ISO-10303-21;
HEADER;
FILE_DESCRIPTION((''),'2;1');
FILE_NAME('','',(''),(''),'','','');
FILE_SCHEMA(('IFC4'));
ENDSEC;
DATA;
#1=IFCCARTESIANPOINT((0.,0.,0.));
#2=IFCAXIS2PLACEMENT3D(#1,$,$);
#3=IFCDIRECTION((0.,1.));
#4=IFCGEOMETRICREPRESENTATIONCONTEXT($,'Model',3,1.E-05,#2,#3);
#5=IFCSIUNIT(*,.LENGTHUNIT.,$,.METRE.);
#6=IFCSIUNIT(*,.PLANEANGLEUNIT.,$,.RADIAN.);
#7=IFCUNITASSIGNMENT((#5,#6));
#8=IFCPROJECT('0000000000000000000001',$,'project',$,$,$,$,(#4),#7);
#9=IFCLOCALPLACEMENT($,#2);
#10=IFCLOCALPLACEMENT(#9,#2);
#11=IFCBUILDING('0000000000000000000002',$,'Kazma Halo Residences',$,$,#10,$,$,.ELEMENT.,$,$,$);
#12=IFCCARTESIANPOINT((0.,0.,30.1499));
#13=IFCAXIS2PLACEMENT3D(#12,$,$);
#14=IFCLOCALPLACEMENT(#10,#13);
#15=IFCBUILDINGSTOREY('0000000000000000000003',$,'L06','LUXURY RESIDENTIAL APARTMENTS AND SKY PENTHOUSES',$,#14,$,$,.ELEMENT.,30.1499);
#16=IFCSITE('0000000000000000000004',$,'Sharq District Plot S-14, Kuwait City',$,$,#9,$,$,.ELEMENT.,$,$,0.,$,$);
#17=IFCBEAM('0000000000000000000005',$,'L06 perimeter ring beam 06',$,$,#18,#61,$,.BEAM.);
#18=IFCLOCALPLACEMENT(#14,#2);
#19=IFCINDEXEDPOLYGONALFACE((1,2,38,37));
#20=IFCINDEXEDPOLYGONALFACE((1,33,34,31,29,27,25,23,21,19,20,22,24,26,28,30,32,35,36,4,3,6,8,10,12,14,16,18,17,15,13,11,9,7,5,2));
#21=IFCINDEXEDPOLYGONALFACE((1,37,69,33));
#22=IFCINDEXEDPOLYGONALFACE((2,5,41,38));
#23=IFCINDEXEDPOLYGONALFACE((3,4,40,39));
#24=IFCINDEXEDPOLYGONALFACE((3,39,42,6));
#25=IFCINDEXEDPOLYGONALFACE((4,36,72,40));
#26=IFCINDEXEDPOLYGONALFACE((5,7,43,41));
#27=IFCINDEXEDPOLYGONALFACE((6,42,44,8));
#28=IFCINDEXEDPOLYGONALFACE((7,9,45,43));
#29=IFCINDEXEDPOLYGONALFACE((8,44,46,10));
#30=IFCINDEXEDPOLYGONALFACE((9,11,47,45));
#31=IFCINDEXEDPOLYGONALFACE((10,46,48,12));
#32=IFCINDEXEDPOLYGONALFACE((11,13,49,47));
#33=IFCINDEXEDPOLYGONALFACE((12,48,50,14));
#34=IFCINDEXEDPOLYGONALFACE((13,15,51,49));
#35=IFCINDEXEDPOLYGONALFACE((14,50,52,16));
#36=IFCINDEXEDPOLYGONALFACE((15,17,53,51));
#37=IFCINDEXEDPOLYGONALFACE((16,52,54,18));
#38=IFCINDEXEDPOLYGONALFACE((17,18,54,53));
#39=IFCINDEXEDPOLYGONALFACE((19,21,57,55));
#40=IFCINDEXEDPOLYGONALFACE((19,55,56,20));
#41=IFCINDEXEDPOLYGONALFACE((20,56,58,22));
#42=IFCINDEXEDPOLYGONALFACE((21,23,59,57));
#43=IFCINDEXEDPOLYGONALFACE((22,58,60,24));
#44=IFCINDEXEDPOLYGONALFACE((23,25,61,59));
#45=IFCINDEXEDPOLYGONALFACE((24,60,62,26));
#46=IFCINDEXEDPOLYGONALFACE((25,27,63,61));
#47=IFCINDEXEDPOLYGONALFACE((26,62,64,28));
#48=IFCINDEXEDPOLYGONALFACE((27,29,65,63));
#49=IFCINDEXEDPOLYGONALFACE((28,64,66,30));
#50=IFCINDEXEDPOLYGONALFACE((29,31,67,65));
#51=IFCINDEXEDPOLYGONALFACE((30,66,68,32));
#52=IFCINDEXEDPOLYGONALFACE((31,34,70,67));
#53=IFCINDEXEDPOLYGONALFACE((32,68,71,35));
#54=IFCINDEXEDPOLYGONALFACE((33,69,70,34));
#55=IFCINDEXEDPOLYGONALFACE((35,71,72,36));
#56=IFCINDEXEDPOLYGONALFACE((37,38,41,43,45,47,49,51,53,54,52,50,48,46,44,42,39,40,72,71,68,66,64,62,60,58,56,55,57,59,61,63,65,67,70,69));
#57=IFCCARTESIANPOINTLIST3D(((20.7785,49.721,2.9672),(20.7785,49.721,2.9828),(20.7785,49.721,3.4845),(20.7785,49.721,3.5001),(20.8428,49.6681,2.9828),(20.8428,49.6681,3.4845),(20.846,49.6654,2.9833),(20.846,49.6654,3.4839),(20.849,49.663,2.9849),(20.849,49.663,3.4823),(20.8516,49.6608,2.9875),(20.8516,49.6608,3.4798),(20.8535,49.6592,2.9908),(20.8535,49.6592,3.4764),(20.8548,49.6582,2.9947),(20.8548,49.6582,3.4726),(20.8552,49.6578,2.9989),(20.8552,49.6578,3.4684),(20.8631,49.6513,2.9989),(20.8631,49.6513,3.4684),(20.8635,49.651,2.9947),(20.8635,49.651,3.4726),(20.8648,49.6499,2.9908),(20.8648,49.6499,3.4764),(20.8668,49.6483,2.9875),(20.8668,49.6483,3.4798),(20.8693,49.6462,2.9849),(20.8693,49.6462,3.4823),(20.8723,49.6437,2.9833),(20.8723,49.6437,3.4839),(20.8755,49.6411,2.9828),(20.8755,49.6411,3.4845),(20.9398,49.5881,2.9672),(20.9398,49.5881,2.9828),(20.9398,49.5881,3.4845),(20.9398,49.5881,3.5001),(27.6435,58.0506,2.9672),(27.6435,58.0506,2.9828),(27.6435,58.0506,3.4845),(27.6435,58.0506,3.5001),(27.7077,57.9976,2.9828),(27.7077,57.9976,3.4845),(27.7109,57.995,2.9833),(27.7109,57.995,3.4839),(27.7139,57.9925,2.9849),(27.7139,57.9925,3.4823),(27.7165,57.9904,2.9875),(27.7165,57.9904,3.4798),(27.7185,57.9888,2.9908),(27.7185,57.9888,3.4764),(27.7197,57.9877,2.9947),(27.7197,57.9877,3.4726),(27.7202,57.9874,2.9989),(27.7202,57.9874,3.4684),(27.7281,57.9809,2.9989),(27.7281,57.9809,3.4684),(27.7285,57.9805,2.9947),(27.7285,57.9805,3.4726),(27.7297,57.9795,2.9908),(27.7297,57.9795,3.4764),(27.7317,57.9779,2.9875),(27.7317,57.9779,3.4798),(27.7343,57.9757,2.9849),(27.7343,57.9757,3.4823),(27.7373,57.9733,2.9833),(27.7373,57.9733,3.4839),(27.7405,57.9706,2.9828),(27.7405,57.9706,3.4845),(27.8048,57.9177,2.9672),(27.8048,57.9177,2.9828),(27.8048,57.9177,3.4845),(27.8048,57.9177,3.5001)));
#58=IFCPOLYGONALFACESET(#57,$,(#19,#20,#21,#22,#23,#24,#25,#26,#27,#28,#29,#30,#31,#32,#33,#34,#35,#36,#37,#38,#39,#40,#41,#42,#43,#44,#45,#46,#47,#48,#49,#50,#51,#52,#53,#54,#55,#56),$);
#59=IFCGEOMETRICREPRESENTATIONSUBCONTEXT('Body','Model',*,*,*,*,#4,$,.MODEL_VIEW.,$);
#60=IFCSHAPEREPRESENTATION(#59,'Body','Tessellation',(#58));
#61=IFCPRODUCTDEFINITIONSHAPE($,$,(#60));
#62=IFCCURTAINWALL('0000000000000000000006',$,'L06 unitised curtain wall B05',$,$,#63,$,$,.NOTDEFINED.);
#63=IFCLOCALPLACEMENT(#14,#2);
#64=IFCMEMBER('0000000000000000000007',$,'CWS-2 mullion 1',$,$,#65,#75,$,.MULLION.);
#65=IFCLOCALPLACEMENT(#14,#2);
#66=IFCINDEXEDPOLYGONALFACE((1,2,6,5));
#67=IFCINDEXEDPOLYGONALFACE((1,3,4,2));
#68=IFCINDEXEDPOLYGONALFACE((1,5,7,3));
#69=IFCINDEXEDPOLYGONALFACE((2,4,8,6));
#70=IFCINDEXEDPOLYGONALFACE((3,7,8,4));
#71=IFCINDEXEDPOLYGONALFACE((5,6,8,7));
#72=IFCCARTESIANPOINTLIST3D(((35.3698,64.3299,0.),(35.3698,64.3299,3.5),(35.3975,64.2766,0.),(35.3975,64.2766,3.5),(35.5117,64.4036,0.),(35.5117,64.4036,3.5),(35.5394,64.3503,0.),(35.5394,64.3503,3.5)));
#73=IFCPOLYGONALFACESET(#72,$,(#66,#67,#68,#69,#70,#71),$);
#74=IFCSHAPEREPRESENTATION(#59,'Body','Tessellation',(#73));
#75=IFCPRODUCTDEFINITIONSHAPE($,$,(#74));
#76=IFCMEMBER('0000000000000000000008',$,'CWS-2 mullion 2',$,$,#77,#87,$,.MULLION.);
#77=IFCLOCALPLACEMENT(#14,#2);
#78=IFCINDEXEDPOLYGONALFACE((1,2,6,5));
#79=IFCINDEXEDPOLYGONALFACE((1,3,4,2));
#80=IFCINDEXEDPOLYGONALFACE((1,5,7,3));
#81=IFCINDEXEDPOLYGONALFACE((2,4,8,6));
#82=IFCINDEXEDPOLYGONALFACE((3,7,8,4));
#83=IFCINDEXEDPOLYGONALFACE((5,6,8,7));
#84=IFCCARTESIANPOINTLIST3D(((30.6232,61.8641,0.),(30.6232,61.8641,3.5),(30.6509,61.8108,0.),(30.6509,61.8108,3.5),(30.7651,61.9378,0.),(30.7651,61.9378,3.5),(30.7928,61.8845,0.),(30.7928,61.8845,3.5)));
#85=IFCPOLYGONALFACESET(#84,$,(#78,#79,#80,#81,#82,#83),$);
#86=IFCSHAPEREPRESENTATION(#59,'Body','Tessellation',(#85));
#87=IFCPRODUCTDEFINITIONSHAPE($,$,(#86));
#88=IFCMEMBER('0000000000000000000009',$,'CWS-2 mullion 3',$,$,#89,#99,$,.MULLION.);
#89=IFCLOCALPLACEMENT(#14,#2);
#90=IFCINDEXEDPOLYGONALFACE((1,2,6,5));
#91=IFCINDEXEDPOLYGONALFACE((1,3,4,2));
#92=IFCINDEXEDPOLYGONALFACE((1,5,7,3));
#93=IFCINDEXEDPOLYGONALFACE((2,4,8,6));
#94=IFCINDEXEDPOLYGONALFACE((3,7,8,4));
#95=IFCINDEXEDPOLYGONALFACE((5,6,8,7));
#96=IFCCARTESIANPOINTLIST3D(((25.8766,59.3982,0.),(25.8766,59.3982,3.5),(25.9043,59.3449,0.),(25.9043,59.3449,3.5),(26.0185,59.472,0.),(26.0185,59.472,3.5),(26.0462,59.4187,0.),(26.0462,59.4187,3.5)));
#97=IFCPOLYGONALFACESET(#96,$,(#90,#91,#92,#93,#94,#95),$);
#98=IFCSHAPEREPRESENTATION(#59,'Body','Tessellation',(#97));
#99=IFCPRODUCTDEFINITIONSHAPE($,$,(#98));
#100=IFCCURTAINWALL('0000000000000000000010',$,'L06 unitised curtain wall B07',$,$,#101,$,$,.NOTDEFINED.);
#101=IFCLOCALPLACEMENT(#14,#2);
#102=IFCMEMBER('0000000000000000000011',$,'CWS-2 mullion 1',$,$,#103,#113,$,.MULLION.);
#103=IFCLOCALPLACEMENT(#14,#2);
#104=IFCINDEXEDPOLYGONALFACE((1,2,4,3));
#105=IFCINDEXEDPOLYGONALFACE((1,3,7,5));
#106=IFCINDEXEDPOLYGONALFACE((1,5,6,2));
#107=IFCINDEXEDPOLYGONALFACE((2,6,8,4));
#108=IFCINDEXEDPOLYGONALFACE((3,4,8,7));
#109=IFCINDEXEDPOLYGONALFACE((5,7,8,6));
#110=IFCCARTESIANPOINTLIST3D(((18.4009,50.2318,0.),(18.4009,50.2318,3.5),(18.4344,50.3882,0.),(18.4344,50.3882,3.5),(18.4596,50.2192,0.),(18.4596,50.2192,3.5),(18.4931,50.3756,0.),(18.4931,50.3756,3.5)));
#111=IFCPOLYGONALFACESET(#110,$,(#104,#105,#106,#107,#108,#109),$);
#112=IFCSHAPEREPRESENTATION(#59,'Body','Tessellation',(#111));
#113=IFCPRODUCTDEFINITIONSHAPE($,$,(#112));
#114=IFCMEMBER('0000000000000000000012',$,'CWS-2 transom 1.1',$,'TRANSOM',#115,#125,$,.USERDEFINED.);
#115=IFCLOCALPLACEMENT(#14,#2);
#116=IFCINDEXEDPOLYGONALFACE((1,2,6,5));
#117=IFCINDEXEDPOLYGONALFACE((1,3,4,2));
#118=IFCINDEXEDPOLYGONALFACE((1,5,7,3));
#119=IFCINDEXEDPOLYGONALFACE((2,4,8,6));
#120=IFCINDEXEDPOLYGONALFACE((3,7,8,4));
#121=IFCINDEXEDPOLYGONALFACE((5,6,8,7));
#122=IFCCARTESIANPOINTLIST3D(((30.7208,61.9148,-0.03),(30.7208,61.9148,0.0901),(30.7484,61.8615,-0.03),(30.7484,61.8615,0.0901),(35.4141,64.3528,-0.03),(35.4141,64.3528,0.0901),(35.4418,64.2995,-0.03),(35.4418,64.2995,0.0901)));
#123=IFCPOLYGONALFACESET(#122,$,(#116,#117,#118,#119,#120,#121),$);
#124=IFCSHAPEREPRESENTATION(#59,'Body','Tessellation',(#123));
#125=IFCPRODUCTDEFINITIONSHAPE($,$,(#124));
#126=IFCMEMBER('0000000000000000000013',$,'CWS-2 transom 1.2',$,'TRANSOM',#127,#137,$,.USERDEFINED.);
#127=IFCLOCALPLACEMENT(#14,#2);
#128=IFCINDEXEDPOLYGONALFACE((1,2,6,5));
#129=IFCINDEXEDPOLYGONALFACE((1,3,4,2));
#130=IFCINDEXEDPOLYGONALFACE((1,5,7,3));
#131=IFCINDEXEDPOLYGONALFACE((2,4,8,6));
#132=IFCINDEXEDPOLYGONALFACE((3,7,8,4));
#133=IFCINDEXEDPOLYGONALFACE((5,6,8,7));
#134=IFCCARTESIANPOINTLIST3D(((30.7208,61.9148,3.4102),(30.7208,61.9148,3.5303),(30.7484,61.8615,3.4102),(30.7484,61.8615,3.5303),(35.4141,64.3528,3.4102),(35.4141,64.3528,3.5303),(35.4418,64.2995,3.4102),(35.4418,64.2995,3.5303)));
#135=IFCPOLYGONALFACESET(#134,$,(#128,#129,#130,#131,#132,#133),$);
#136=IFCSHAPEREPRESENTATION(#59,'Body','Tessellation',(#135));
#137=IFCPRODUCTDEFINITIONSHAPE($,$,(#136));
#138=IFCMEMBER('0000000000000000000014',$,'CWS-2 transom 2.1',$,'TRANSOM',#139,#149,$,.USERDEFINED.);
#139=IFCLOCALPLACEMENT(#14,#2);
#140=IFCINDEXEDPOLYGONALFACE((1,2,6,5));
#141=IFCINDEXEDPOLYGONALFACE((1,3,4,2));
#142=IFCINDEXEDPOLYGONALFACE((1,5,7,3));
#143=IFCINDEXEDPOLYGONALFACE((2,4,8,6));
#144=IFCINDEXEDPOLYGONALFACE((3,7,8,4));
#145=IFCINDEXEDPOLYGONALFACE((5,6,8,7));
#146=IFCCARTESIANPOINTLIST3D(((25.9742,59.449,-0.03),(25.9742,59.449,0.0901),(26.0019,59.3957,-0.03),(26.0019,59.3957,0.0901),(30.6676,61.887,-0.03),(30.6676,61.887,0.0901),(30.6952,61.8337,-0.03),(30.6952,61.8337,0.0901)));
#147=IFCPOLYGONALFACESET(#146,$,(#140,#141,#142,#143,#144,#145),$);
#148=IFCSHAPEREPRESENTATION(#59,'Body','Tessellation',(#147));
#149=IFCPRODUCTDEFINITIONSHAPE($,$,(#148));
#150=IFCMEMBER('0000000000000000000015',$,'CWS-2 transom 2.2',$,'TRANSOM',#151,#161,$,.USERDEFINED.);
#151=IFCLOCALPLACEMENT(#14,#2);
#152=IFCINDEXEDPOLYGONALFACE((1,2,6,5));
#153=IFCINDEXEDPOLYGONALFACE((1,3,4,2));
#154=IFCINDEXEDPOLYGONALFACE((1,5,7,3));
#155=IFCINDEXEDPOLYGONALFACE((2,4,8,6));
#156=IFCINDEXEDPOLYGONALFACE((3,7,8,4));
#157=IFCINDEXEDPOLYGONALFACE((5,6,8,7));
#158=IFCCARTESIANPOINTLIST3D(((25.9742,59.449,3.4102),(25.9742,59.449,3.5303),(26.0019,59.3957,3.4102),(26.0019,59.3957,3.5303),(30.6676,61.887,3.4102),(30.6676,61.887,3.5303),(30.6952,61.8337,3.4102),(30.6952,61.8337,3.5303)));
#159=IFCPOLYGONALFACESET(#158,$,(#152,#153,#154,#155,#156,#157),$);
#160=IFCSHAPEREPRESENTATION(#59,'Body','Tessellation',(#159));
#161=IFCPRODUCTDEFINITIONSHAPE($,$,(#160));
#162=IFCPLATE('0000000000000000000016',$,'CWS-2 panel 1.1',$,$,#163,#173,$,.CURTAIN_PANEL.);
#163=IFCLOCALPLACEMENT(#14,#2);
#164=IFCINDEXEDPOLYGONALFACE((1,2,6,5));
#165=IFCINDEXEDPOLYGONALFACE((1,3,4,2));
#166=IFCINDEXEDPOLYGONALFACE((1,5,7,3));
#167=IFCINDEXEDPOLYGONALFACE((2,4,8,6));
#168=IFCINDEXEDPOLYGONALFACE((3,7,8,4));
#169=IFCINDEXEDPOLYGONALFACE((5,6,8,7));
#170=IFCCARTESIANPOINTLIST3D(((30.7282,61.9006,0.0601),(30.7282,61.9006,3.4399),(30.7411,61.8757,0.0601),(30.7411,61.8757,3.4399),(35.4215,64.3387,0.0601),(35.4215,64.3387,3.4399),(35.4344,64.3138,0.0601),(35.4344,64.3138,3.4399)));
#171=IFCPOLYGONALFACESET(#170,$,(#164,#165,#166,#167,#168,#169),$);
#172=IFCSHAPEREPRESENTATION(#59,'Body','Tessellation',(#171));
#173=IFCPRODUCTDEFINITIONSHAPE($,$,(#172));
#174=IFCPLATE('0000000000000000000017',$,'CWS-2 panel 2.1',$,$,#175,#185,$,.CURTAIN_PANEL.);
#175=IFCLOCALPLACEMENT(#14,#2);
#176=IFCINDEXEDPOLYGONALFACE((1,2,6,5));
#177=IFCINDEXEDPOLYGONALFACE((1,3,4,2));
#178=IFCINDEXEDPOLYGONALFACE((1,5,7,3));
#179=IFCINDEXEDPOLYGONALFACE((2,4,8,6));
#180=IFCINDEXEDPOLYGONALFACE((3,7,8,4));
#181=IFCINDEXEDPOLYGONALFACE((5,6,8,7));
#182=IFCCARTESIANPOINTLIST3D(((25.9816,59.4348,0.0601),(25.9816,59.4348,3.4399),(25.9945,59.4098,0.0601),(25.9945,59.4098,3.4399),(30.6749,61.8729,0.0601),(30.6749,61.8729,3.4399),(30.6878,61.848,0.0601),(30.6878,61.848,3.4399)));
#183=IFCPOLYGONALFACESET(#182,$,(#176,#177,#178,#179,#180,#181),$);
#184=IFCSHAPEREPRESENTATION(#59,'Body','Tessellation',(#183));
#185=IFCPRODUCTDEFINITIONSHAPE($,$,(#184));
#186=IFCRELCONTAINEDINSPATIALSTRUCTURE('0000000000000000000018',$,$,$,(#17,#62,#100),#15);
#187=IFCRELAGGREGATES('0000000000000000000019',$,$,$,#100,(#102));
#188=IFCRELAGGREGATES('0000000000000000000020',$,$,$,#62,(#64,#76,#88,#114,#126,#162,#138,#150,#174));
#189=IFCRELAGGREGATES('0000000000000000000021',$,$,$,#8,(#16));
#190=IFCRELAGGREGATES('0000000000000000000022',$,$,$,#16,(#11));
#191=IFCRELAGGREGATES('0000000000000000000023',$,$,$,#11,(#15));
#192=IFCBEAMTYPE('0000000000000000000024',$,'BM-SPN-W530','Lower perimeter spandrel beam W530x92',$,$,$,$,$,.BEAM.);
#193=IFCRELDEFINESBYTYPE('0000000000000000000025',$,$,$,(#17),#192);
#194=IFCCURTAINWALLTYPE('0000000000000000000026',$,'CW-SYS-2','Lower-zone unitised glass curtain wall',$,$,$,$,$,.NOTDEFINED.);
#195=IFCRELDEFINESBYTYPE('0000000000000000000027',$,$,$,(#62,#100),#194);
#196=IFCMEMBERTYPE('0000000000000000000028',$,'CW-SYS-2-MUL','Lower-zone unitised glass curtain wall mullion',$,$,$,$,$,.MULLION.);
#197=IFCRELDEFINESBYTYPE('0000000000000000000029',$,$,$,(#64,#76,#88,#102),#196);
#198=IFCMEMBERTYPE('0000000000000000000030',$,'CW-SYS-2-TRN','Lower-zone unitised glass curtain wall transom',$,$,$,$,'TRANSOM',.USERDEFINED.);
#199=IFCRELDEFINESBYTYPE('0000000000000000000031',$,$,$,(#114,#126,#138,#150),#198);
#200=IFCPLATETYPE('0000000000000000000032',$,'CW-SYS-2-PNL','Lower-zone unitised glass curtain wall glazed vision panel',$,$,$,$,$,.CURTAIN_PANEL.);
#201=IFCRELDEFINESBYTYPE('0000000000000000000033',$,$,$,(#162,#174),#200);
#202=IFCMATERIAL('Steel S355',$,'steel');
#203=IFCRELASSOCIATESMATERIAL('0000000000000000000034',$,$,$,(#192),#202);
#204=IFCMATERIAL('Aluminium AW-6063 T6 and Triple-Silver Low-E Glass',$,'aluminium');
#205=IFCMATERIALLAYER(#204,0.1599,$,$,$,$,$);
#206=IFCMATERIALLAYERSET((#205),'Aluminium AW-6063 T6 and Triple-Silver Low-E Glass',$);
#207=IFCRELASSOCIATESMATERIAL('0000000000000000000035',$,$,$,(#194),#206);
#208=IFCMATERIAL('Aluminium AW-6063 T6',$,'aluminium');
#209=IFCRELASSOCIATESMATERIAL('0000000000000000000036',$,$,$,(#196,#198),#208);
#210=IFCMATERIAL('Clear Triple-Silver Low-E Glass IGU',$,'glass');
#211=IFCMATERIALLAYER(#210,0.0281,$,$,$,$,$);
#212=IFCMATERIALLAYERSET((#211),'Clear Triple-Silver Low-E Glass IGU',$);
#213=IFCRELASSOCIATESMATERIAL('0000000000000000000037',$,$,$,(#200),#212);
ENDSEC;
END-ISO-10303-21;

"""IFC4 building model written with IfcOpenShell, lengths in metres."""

from ifc_helpers import new_model, si_unit, direction, frame, origin, origin_2d, place, context, subcontext, project, spatial, rectangle, i_section, extrude, material, layer, layer_set, material_profile, profile_set, type_object, element, aggregate, save


model = new_model("IFC4")

# Units and contexts
model_context = context("Model", 3, precision=1e-05, world=origin(), true_north=direction((0.0, 1.0)))
body_context = subcontext(model_context, "Body", "Model", "MODEL_VIEW")
ifc_project = project(units=[si_unit("LENGTHUNIT", "METRE"), si_unit("PLANEANGLEUNIT", "RADIAN")], contexts=[model_context])

# Site, building, storey
site_placement = place(None, origin())
site = spatial("IfcSite", under=ifc_project, at=site_placement, Name="Sharq District Plot S-14, Kuwait City", CompositionType="ELEMENT", RefElevation=0.0)
building_placement = place(site_placement, origin())
building = spatial("IfcBuilding", under=site, at=building_placement, Name="Kazma Halo Residences", CompositionType="ELEMENT")
storey_placement = place(building_placement, frame((0.0, 0.0, 30.1499)))
storey = spatial("IfcBuildingStorey", under=building, at=storey_placement, Name="L06", Description="LUXURY RESIDENTIAL APARTMENTS AND SKY PENTHOUSES", CompositionType="ELEMENT", Elevation=30.1499)

# Beam
ifc_material_1 = material(Name="Steel S355", Category="steel")
ifc_material_profile_1 = material_profile(ifc_material_1, i_section(OverallWidth=0.209, OverallDepth=0.533, WebThickness=0.0103, FlangeThickness=0.0156, FilletRadius=0.0161, at=origin_2d()), Name="W530x92")
ifc_profile_set_1 = profile_set([ifc_material_profile_1], Name="Steel S355")
beam_type_1 = type_object("IfcBeamType", Name="BM-SPN-W530", Description="Lower perimeter spandrel beam W530x92", PredefinedType="BEAM", material=ifc_profile_set_1)
beam_1_placement = place(storey_placement, frame((27.7241, 57.9841, 3.2336), z_axis=(-0.636001, -0.771688, 0.0), x_axis=(0.771688, -0.636001, 0.0)))
element("IfcBeam", 1, at=beam_1_placement, inside=storey, type_object=beam_type_1, Name="L06 perimeter ring beam 06", PredefinedType="BEAM", context=body_context, shape_type="SweptSolid", body=[
    extrude(i_section(OverallWidth=0.209, OverallDepth=0.533, WebThickness=0.0103, FlangeThickness=0.0156, FilletRadius=0.0161, at=origin_2d()), origin(), (0.0, 0.0, 1.0), 10.7939),
])

# Curtain wall, members
ifc_material_2 = material(Name="Aluminium AW-6063 T6 and Triple-Silver Low-E Glass", Category="aluminium")
ifc_layer_1 = layer(ifc_material_2, 0.1599)
ifc_layer_set_1 = layer_set([ifc_layer_1], Name="Aluminium AW-6063 T6 and Triple-Silver Low-E Glass")
curtain_wall_type = type_object("IfcCurtainWallType", Name="CW-SYS-2", Description="Lower-zone unitised glass curtain wall", PredefinedType="NOTDEFINED", material=ifc_layer_set_1)
curtain_wall_1_placement = place(storey_placement, origin())
curtain_wall_1 = element("IfcCurtainWall", 2, at=curtain_wall_1_placement, inside=storey, type_object=curtain_wall_type, Name="L06 unitised curtain wall B05", PredefinedType="NOTDEFINED")
ifc_material_3 = material(Name="Aluminium AW-6063 T6", Category="aluminium")
ifc_material_profile_2 = material_profile(ifc_material_3, rectangle(XDim=0.0601, YDim=0.1599, at=origin_2d()), Name="CWM-60x160")
ifc_profile_set_2 = profile_set([ifc_material_profile_2], Name="Aluminium AW-6063 T6")
member_type_1 = type_object("IfcMemberType", Name="CW-SYS-2-MUL", Description="Lower-zone unitised glass curtain wall mullion", PredefinedType="MULLION", material=ifc_profile_set_2)
member_1_placement = place(storey_placement, frame((35.4546, 64.3401, 0.0), z_axis=(0.0, 0.0, 1.0), x_axis=(0.460996, -0.887402, 0.0)))
member_1 = element("IfcMember", 3, at=member_1_placement, type_object=member_type_1, Name="CWS-2 mullion 1", PredefinedType="MULLION", context=body_context, shape_type="SweptSolid", body=[
    extrude(rectangle(XDim=0.0601, YDim=0.1599, at=origin_2d()), origin(), (0.0, 0.0, 1.0), 3.5),
])
member_2_placement = place(storey_placement, frame((30.708, 61.8743, 0.0), z_axis=(0.0, 0.0, 1.0), x_axis=(0.460996, -0.887402, 0.0)))
member_2 = element("IfcMember", 4, at=member_2_placement, type_object=member_type_1, Name="CWS-2 mullion 2", PredefinedType="MULLION", context=body_context, shape_type="SweptSolid", body=[
    extrude(rectangle(XDim=0.0601, YDim=0.1599, at=origin_2d()), origin(), (0.0, 0.0, 1.0), 3.5),
])
member_3_placement = place(storey_placement, frame((25.9614, 59.4084, 0.0), z_axis=(0.0, 0.0, 1.0), x_axis=(0.460996, -0.887402, 0.0)))
member_3 = element("IfcMember", 5, at=member_3_placement, type_object=member_type_1, Name="CWS-2 mullion 3", PredefinedType="MULLION", context=body_context, shape_type="SweptSolid", body=[
    extrude(rectangle(XDim=0.0601, YDim=0.1599, at=origin_2d()), origin(), (0.0, 0.0, 1.0), 3.5),
])

# Curtain wall, member
curtain_wall_2_placement = place(storey_placement, origin())
curtain_wall_2 = element("IfcCurtainWall", 6, at=curtain_wall_2_placement, inside=storey, type_object=curtain_wall_type, Name="L06 unitised curtain wall B07", PredefinedType="NOTDEFINED")
member_4_placement = place(storey_placement, frame((18.447, 50.3037, 0.0), z_axis=(0.0, 0.0, 1.0), x_axis=(0.977779, -0.209637, 0.0)))
member_4 = element("IfcMember", 7, at=member_4_placement, type_object=member_type_1, Name="CWS-2 mullion 1", PredefinedType="MULLION", context=body_context, shape_type="SweptSolid", body=[
    extrude(rectangle(XDim=0.0601, YDim=0.1599, at=origin_2d()), origin(), (0.0, 0.0, 1.0), 3.5),
])
aggregate(curtain_wall_2, [member_4])

# Members
ifc_material_profile_3 = material_profile(ifc_material_3, rectangle(XDim=0.0601, YDim=0.1201, at=origin_2d()), Name="CWT-60x120")
ifc_profile_set_3 = profile_set([ifc_material_profile_3], Name="Aluminium AW-6063 T6")
member_type_2 = type_object("IfcMemberType", Name="CW-SYS-2-TRN", Description="Lower-zone unitised glass curtain wall transom", ElementType="TRANSOM", PredefinedType="USERDEFINED", material=ifc_profile_set_3)
member_5_placement = place(storey_placement, frame((35.428, 64.3262, 0.03), z_axis=(-0.887415, -0.460972, 0.0), x_axis=(0.460972, -0.887415, 0.0)))
member_5 = element("IfcMember", 8, at=member_5_placement, type_object=member_type_2, Name="CWS-2 transom 1.1", ObjectType="TRANSOM", PredefinedType="USERDEFINED", context=body_context, shape_type="SweptSolid", body=[
    extrude(rectangle(XDim=0.0601, YDim=0.1201, at=origin_2d()), origin(), (0.0, 0.0, 1.0), 5.2888),
])
member_6_placement = place(storey_placement, frame((35.428, 64.3262, 3.4702), z_axis=(-0.887415, -0.460972, 0.0), x_axis=(0.460972, -0.887415, 0.0)))
member_6 = element("IfcMember", 9, at=member_6_placement, type_object=member_type_2, Name="CWS-2 transom 1.2", ObjectType="TRANSOM", PredefinedType="USERDEFINED", context=body_context, shape_type="SweptSolid", body=[
    extrude(rectangle(XDim=0.0601, YDim=0.1201, at=origin_2d()), origin(), (0.0, 0.0, 1.0), 5.2888),
])
member_7_placement = place(storey_placement, frame((30.6814, 61.8604, 0.03), z_axis=(-0.887415, -0.460972, 0.0), x_axis=(0.460972, -0.887415, 0.0)))
member_7 = element("IfcMember", 10, at=member_7_placement, type_object=member_type_2, Name="CWS-2 transom 2.1", ObjectType="TRANSOM", PredefinedType="USERDEFINED", context=body_context, shape_type="SweptSolid", body=[
    extrude(rectangle(XDim=0.0601, YDim=0.1201, at=origin_2d()), origin(), (0.0, 0.0, 1.0), 5.2888),
])
member_8_placement = place(storey_placement, frame((30.6814, 61.8604, 3.4702), z_axis=(-0.887415, -0.460972, 0.0), x_axis=(0.460972, -0.887415, 0.0)))
member_8 = element("IfcMember", 11, at=member_8_placement, type_object=member_type_2, Name="CWS-2 transom 2.2", ObjectType="TRANSOM", PredefinedType="USERDEFINED", context=body_context, shape_type="SweptSolid", body=[
    extrude(rectangle(XDim=0.0601, YDim=0.1201, at=origin_2d()), origin(), (0.0, 0.0, 1.0), 5.2888),
])

# Plates
ifc_material_4 = material(Name="Clear Triple-Silver Low-E Glass IGU", Category="glass")
ifc_layer_2 = layer(ifc_material_4, 0.0281)
ifc_layer_set_2 = layer_set([ifc_layer_2], Name="Clear Triple-Silver Low-E Glass IGU")
plate_type = type_object("IfcPlateType", Name="CW-SYS-2-PNL", Description="Lower-zone unitised glass curtain wall glazed vision panel", PredefinedType="CURTAIN_PANEL", material=ifc_layer_set_2)
plate_1_placement = place(storey_placement, frame((33.0813, 63.1072, 0.0601), z_axis=(0.0, 0.0, 1.0), x_axis=(-0.887402, -0.460996, 0.0)))
plate_1 = element("IfcPlate", 12, at=plate_1_placement, type_object=plate_type, Name="CWS-2 panel 1.1", PredefinedType="CURTAIN_PANEL", context=body_context, shape_type="SweptSolid", body=[
    extrude(rectangle(XDim=5.2888, YDim=0.0281, at=origin_2d()), origin(), (0.0, 0.0, 1.0), 3.3799),
])
plate_2_placement = place(storey_placement, frame((28.3347, 60.6414, 0.0601), z_axis=(0.0, 0.0, 1.0), x_axis=(-0.887402, -0.460996, 0.0)))
plate_2 = element("IfcPlate", 13, at=plate_2_placement, type_object=plate_type, Name="CWS-2 panel 2.1", PredefinedType="CURTAIN_PANEL", context=body_context, shape_type="SweptSolid", body=[
    extrude(rectangle(XDim=5.2888, YDim=0.0281, at=origin_2d()), origin(), (0.0, 0.0, 1.0), 3.3799),
])
aggregate(curtain_wall_1, [member_1, member_2, member_3, member_5, member_6, plate_1, member_7, member_8, plate_2])

save(model, "model.ifc")
